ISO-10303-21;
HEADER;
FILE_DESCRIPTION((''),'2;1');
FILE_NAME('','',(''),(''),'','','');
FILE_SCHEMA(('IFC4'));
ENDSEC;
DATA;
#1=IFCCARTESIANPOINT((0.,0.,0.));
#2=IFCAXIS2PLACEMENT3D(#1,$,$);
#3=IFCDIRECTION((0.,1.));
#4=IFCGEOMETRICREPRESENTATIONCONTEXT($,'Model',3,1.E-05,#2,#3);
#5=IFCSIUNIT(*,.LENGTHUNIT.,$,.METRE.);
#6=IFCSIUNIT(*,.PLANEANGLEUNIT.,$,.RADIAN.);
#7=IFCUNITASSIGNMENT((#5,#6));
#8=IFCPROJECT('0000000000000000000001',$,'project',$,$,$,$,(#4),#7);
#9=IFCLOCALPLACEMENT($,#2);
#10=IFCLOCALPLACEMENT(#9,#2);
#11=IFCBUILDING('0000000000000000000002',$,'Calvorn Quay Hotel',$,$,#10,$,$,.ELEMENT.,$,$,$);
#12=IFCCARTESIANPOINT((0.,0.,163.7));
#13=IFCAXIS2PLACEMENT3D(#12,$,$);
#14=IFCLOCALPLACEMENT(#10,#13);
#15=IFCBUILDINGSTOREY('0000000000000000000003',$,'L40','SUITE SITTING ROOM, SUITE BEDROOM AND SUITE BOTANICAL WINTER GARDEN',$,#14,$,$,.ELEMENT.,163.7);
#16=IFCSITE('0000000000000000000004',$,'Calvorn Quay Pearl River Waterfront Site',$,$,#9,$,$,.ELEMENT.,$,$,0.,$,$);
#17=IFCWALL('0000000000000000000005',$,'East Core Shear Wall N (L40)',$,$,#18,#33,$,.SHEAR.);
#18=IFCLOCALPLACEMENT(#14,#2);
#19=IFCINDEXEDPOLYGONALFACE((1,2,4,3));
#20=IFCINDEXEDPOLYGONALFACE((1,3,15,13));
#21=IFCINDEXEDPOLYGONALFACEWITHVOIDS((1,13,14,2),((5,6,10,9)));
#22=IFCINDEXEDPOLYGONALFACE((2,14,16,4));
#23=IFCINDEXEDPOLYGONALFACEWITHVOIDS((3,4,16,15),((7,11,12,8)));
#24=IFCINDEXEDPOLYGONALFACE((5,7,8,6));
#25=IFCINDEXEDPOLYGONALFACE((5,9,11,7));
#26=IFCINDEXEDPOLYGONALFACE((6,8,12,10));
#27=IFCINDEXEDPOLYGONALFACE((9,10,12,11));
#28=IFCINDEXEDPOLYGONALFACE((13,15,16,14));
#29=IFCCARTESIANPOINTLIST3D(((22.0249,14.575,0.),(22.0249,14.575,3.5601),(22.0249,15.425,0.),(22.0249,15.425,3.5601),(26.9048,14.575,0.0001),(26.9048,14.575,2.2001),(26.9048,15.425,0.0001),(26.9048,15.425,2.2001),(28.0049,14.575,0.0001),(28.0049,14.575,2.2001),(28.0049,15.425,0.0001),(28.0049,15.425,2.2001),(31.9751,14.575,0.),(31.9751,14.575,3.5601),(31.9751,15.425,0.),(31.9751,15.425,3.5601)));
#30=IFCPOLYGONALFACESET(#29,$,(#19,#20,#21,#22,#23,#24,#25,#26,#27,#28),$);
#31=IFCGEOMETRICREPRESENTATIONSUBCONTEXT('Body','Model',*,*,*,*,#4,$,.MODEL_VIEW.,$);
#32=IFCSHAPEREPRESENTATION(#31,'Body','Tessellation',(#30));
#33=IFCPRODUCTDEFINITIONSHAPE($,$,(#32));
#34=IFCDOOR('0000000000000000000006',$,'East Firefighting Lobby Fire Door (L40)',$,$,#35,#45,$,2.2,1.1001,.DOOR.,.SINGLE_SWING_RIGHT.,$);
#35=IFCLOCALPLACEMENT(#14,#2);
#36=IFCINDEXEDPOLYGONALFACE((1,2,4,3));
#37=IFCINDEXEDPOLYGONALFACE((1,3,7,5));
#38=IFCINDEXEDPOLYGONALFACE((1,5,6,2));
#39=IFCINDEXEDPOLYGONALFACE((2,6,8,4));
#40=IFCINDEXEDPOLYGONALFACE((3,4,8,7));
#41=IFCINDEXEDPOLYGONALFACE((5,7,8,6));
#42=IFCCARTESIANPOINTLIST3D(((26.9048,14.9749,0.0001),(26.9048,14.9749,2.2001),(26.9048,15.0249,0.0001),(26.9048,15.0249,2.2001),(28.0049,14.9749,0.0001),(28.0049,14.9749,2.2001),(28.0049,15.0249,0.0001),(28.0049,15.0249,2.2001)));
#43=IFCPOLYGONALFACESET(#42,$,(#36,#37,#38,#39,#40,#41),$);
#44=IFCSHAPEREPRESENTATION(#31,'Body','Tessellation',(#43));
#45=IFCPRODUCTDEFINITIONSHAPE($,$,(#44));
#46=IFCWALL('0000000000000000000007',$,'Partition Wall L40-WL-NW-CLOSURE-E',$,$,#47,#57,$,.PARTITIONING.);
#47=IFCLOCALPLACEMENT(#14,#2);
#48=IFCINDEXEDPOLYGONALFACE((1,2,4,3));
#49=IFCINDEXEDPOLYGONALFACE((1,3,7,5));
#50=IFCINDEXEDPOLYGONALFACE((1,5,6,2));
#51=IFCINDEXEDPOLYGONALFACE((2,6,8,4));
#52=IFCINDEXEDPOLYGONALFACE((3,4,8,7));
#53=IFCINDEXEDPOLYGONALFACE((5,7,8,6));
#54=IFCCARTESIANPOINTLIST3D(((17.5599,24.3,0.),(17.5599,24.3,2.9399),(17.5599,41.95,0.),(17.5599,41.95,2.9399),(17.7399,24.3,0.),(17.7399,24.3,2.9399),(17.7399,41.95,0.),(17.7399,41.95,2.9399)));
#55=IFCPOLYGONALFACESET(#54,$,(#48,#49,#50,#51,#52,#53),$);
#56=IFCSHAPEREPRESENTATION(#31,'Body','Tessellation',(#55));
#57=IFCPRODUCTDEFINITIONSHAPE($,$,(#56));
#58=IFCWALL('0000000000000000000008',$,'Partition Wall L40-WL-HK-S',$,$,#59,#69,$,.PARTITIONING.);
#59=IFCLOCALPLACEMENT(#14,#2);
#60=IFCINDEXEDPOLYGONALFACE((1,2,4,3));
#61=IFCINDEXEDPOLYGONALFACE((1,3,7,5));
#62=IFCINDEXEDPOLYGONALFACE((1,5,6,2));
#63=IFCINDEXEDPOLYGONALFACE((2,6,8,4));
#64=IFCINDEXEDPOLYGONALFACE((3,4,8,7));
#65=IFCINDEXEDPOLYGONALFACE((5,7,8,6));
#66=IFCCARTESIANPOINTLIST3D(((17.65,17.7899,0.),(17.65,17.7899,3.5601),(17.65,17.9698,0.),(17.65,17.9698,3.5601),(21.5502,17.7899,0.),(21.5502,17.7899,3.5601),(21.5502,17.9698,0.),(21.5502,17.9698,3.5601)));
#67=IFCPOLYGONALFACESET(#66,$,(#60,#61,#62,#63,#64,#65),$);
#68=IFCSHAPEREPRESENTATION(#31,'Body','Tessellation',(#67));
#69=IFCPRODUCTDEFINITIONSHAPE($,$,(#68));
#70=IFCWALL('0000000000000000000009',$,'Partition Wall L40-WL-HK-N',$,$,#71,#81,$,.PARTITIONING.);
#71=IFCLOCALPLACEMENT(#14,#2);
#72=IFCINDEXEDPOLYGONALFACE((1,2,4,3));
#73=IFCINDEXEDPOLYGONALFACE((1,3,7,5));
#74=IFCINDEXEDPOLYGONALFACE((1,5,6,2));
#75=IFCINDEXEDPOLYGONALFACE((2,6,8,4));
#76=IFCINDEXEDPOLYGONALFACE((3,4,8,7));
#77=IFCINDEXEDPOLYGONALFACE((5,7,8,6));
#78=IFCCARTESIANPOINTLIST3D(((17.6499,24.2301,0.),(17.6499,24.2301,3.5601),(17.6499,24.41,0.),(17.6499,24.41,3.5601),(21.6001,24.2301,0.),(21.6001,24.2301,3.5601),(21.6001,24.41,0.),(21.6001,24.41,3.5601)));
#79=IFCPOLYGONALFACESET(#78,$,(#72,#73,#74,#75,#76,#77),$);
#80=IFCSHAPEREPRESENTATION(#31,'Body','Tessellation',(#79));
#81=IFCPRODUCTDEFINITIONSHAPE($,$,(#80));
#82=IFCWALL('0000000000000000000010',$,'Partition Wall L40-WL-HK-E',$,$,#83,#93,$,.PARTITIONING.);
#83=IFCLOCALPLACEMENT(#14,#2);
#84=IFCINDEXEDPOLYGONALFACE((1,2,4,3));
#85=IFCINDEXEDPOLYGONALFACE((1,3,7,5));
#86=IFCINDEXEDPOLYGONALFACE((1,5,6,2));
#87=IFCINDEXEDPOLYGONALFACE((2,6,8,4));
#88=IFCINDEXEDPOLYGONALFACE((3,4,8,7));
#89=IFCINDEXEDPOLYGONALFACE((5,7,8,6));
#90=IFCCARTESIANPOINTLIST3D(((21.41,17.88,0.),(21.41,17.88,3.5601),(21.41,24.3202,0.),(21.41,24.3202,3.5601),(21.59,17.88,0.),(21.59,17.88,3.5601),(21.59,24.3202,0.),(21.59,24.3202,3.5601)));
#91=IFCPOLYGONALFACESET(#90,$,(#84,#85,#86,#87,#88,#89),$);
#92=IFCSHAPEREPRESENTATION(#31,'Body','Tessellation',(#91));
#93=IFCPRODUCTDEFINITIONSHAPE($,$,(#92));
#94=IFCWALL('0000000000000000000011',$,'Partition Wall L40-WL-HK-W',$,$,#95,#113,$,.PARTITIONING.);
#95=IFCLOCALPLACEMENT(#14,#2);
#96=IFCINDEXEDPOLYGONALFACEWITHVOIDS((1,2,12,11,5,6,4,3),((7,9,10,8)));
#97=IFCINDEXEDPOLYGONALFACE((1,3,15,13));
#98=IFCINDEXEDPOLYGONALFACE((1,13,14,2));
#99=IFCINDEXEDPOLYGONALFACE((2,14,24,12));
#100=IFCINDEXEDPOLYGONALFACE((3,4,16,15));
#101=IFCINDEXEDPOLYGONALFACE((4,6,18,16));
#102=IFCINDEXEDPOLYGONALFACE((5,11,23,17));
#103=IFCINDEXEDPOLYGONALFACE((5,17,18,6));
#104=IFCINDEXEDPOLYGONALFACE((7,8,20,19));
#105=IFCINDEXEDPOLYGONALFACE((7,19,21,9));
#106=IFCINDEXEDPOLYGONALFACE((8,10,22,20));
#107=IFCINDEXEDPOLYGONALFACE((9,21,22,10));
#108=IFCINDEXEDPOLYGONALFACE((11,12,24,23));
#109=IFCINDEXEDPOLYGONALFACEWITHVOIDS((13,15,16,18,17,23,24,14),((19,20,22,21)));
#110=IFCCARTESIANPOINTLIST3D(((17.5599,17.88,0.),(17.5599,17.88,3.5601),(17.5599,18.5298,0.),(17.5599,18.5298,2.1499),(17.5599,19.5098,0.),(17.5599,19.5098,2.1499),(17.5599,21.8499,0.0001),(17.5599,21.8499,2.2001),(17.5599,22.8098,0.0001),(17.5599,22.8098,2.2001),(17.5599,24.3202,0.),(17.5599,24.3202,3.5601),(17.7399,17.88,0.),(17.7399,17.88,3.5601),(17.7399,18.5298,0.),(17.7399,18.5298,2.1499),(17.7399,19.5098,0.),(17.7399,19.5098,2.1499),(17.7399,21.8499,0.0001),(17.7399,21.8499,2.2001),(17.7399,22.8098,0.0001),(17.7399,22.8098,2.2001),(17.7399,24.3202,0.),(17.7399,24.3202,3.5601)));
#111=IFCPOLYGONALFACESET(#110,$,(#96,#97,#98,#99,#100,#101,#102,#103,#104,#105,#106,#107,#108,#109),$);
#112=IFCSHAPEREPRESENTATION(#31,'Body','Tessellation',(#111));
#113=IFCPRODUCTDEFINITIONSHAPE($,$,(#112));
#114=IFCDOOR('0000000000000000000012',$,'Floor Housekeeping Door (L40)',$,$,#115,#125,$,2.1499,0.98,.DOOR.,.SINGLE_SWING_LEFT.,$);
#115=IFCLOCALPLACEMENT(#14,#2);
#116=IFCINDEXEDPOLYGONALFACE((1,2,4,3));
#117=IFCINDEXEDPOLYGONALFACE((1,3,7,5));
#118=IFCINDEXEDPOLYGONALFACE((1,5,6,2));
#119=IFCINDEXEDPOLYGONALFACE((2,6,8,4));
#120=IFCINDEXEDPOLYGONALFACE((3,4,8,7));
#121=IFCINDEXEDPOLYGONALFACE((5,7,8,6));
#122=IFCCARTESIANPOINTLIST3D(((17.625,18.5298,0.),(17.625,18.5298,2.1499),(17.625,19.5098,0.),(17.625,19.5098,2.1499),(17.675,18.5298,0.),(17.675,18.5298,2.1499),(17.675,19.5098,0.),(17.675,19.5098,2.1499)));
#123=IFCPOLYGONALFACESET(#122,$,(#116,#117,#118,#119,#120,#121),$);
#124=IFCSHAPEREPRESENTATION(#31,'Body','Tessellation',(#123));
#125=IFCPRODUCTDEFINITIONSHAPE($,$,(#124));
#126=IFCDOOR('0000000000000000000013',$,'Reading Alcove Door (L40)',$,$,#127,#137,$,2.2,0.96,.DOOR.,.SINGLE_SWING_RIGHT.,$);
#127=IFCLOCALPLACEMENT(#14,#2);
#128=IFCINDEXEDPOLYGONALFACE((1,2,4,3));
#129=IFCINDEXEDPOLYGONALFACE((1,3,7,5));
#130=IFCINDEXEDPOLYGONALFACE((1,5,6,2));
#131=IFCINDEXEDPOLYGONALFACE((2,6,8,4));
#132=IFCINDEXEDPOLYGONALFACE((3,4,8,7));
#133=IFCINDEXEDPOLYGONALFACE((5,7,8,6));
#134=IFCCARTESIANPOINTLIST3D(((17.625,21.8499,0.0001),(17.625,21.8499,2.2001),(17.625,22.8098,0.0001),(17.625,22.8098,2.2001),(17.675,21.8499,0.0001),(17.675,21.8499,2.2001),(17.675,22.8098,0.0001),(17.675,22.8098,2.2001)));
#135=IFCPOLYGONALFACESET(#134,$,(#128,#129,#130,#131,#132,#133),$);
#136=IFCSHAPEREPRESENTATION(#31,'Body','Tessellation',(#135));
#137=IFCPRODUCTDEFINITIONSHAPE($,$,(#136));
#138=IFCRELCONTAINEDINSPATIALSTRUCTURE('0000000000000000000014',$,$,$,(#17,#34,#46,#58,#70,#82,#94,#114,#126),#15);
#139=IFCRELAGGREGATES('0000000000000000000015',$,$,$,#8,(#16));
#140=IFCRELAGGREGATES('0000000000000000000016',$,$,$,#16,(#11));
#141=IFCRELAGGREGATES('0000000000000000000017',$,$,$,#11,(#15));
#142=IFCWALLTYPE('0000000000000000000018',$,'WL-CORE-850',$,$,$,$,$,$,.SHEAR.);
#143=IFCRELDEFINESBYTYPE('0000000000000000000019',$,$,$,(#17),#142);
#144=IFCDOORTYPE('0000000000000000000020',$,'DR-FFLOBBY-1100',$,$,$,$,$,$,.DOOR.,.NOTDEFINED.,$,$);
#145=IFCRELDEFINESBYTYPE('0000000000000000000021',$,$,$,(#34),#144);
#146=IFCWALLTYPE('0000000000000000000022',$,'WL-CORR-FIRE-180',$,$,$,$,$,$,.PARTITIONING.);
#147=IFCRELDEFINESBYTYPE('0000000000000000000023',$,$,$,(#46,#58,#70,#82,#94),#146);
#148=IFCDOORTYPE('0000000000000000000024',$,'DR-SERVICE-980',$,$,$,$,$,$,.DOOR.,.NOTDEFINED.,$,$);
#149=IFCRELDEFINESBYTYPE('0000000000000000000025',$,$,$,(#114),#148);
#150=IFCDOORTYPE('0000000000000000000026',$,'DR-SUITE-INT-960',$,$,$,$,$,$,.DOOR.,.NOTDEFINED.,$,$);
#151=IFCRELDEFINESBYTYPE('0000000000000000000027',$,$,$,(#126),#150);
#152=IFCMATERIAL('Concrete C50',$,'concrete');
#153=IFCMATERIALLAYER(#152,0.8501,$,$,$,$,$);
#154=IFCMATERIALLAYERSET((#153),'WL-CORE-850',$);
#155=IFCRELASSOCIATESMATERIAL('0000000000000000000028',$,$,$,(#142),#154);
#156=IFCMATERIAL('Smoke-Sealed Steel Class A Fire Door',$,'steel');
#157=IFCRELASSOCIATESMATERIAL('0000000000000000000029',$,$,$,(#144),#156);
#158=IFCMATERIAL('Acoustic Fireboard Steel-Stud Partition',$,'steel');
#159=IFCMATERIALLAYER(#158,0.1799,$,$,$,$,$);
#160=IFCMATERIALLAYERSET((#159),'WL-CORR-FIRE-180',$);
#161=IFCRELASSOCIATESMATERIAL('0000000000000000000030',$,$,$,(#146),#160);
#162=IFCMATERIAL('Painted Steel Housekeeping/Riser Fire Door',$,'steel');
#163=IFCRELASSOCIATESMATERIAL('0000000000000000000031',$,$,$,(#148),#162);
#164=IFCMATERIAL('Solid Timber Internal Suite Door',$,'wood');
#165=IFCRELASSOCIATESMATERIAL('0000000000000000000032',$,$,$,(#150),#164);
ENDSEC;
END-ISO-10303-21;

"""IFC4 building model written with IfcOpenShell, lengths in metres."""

from ifc_helpers import new_model, si_unit, direction, frame, frame_2d, origin, place, context, subcontext, project, spatial, rectangle, extrude, material, layer, layer_set, type_object, element, fill, save


model = new_model("IFC4")

# Units and contexts
model_context = context("Model", 3, precision=1e-05, world=origin(), true_north=direction((0.0, 1.0)))
body_context = subcontext(model_context, "Body", "Model", "MODEL_VIEW")
ifc_project = project(units=[si_unit("LENGTHUNIT", "METRE"), si_unit("PLANEANGLEUNIT", "RADIAN")], contexts=[model_context])

# Site, building, storey
site_placement = place(None, origin())
site = spatial("IfcSite", under=ifc_project, at=site_placement, Name="Calvorn Quay Pearl River Waterfront Site", CompositionType="ELEMENT", RefElevation=0.0)
building_placement = place(site_placement, origin())
building = spatial("IfcBuilding", under=site, at=building_placement, Name="Calvorn Quay Hotel", CompositionType="ELEMENT")
storey_placement = place(building_placement, frame((0.0, 0.0, 163.7)))
storey = spatial("IfcBuildingStorey", under=building, at=storey_placement, Name="L40", Description="SUITE SITTING ROOM, SUITE BEDROOM AND SUITE BOTANICAL WINTER GARDEN", CompositionType="ELEMENT", Elevation=163.7)

# Wall, opening, door
ifc_material_1 = material(Name="Concrete C50", Category="concrete")
ifc_layer_1 = layer(ifc_material_1, 0.8501)
ifc_layer_set_1 = layer_set([ifc_layer_1], Name="WL-CORE-850")
wall_type_1 = type_object("IfcWallType", Name="WL-CORE-850", PredefinedType="SHEAR", material=ifc_layer_set_1)
wall_1_placement = place(storey_placement, frame((22.0249, 15.0, 0.0), z_axis=(0.0, 0.0, 1.0), x_axis=(1.0, 0.0, 0.0)))
wall_1 = element("IfcWall", 1, at=wall_1_placement, inside=storey, type_object=wall_type_1, Name="East Core Shear Wall N (L40)", PredefinedType="SHEAR", context=body_context, shape_type="SweptSolid", body=[
    extrude(rectangle(XDim=9.9502, YDim=0.8501, at=frame_2d((4.9751, 0.0))), origin(), (0.0, 0.0, 1.0), 3.5601),
])
opening_1_placement = place(wall_1_placement, frame((4.8799, 0.0, 0.0)))
opening_1 = element("IfcOpeningElement", 2, at=opening_1_placement, cuts=wall_1, PredefinedType="OPENING", context=body_context, shape_type="SweptSolid", body=[
    extrude(rectangle(XDim=1.1001, YDim=2.2, at=frame_2d((0.55, 1.1001))), frame((0.0, 0.4351, 0.0), z_axis=(0.0, -1.0, 0.0), x_axis=(1.0, 0.0, 0.0)), (0.0, 0.0, 1.0), 0.8701),
])
ifc_material_2 = material(Name="Smoke-Sealed Steel Class A Fire Door", Category="steel")
door_type_1 = type_object("IfcDoorType", Name="DR-FFLOBBY-1100", OperationType="NOTDEFINED", PredefinedType="DOOR", material=ifc_material_2)
door_1_placement = place(opening_1_placement, origin())
door_1 = element("IfcDoor", 3, at=door_1_placement, inside=storey, type_object=door_type_1, Name="East Firefighting Lobby Fire Door (L40)", OperationType="SINGLE_SWING_RIGHT", OverallHeight=2.2, OverallWidth=1.1001, PredefinedType="DOOR", context=body_context, shape_type="SweptSolid", body=[
    extrude(rectangle(XDim=1.1001, YDim=2.2, at=frame_2d((0.55, 1.1001))), frame((0.0, 0.0249, 0.0), z_axis=(0.0, -1.0, 0.0), x_axis=(1.0, 0.0, 0.0)), (0.0, 0.0, 1.0), 0.05),
])
fill(opening_1, door_1)

# Walls
ifc_material_3 = material(Name="Acoustic Fireboard Steel-Stud Partition", Category="steel")
ifc_layer_2 = layer(ifc_material_3, 0.1799)
ifc_layer_set_2 = layer_set([ifc_layer_2], Name="WL-CORR-FIRE-180")
wall_type_2 = type_object("IfcWallType", Name="WL-CORR-FIRE-180", PredefinedType="PARTITIONING", material=ifc_layer_set_2)
wall_2_placement = place(storey_placement, frame((17.6499, 24.3, 0.0), z_axis=(0.0, 0.0, 1.0), x_axis=(0.0, 1.0, 0.0)))
element("IfcWall", 4, at=wall_2_placement, inside=storey, type_object=wall_type_2, Name="Partition Wall L40-WL-NW-CLOSURE-E", PredefinedType="PARTITIONING", context=body_context, shape_type="SweptSolid", body=[
    extrude(rectangle(XDim=17.6499, YDim=0.1799, at=frame_2d((8.825, 0.0))), origin(), (0.0, 0.0, 1.0), 2.9399),
])
wall_3_placement = place(storey_placement, frame((17.6499, 17.8799, 0.0), z_axis=(0.0, 0.0, 1.0), x_axis=(1.0, 0.0, 0.0)))
element("IfcWall", 5, at=wall_3_placement, inside=storey, type_object=wall_type_2, Name="Partition Wall L40-WL-HK-S", PredefinedType="PARTITIONING", context=body_context, shape_type="SweptSolid", body=[
    extrude(rectangle(XDim=3.9001, YDim=0.1799, at=frame_2d((1.9502, 0.0))), origin(), (0.0, 0.0, 1.0), 3.5601),
])
wall_4_placement = place(storey_placement, frame((17.6499, 24.3201, 0.0), z_axis=(0.0, 0.0, 1.0), x_axis=(1.0, 0.0, 0.0)))
element("IfcWall", 6, at=wall_4_placement, inside=storey, type_object=wall_type_2, Name="Partition Wall L40-WL-HK-N", PredefinedType="PARTITIONING", context=body_context, shape_type="SweptSolid", body=[
    extrude(rectangle(XDim=3.9502, YDim=0.1799, at=frame_2d((1.9751, 0.0))), origin(), (0.0, 0.0, 1.0), 3.5601),
])
wall_5_placement = place(storey_placement, frame((21.5, 17.8799, 0.0), z_axis=(0.0, 0.0, 1.0), x_axis=(0.0, 1.0, 0.0)))
element("IfcWall", 7, at=wall_5_placement, inside=storey, type_object=wall_type_2, Name="Partition Wall L40-WL-HK-E", PredefinedType="PARTITIONING", context=body_context, shape_type="SweptSolid", body=[
    extrude(rectangle(XDim=6.4402, YDim=0.1799, at=frame_2d((3.2202, 0.0))), origin(), (0.0, 0.0, 1.0), 3.5601),
])

# Wall, openings, doors
wall_6_placement = place(storey_placement, frame((17.6499, 17.8799, 0.0), z_axis=(0.0, 0.0, 1.0), x_axis=(0.0, 1.0, 0.0)))
wall_6 = element("IfcWall", 8, at=wall_6_placement, inside=storey, type_object=wall_type_2, Name="Partition Wall L40-WL-HK-W", PredefinedType="PARTITIONING", context=body_context, shape_type="SweptSolid", body=[
    extrude(rectangle(XDim=6.4402, YDim=0.1799, at=frame_2d((3.2202, 0.0))), origin(), (0.0, 0.0, 1.0), 3.5601),
])
opening_2_placement = place(wall_6_placement, frame((0.6499, 0.0, 0.0)))
opening_2 = element("IfcOpeningElement", 9, at=opening_2_placement, cuts=wall_6, PredefinedType="OPENING", context=body_context, shape_type="SweptSolid", body=[
    extrude(rectangle(XDim=0.98, YDim=2.1499, at=frame_2d((0.49, 1.075))), frame((0.0, 0.0999, 0.0), z_axis=(0.0, -1.0, 0.0), x_axis=(1.0, 0.0, 0.0)), (0.0, 0.0, 1.0), 0.2),
])
opening_3_placement = place(wall_6_placement, frame((3.97, 0.0, 0.0)))
opening_3 = element("IfcOpeningElement", 10, at=opening_3_placement, cuts=wall_6, PredefinedType="OPENING", context=body_context, shape_type="SweptSolid", body=[
    extrude(rectangle(XDim=0.96, YDim=2.2, at=frame_2d((0.48, 1.1001))), frame((0.0, 0.0999, 0.0), z_axis=(0.0, -1.0, 0.0), x_axis=(1.0, 0.0, 0.0)), (0.0, 0.0, 1.0), 0.2),
])
ifc_material_4 = material(Name="Painted Steel Housekeeping/Riser Fire Door", Category="steel")
door_type_2 = type_object("IfcDoorType", Name="DR-SERVICE-980", OperationType="NOTDEFINED", PredefinedType="DOOR", material=ifc_material_4)
door_2_placement = place(opening_2_placement, origin())
door_2 = element("IfcDoor", 11, at=door_2_placement, inside=storey, type_object=door_type_2, Name="Floor Housekeeping Door (L40)", OperationType="SINGLE_SWING_LEFT", OverallHeight=2.1499, OverallWidth=0.98, PredefinedType="DOOR", context=body_context, shape_type="SweptSolid", body=[
    extrude(rectangle(XDim=0.98, YDim=2.1499, at=frame_2d((0.49, 1.075))), frame((0.0, 0.0249, 0.0), z_axis=(0.0, -1.0, 0.0), x_axis=(1.0, 0.0, 0.0)), (0.0, 0.0, 1.0), 0.05),
])
fill(opening_2, door_2)
ifc_material_5 = material(Name="Solid Timber Internal Suite Door", Category="wood")
door_type_3 = type_object("IfcDoorType", Name="DR-SUITE-INT-960", OperationType="NOTDEFINED", PredefinedType="DOOR", material=ifc_material_5)
door_3_placement = place(opening_3_placement, origin())
door_3 = element("IfcDoor", 12, at=door_3_placement, inside=storey, type_object=door_type_3, Name="Reading Alcove Door (L40)", OperationType="SINGLE_SWING_RIGHT", OverallHeight=2.2, OverallWidth=0.96, PredefinedType="DOOR", context=body_context, shape_type="SweptSolid", body=[
    extrude(rectangle(XDim=0.96, YDim=2.2, at=frame_2d((0.48, 1.1001))), frame((0.0, 0.0249, 0.0), z_axis=(0.0, -1.0, 0.0), x_axis=(1.0, 0.0, 0.0)), (0.0, 0.0, 1.0), 0.05),
])
fill(opening_3, door_3)

save(model, "model.ifc")
